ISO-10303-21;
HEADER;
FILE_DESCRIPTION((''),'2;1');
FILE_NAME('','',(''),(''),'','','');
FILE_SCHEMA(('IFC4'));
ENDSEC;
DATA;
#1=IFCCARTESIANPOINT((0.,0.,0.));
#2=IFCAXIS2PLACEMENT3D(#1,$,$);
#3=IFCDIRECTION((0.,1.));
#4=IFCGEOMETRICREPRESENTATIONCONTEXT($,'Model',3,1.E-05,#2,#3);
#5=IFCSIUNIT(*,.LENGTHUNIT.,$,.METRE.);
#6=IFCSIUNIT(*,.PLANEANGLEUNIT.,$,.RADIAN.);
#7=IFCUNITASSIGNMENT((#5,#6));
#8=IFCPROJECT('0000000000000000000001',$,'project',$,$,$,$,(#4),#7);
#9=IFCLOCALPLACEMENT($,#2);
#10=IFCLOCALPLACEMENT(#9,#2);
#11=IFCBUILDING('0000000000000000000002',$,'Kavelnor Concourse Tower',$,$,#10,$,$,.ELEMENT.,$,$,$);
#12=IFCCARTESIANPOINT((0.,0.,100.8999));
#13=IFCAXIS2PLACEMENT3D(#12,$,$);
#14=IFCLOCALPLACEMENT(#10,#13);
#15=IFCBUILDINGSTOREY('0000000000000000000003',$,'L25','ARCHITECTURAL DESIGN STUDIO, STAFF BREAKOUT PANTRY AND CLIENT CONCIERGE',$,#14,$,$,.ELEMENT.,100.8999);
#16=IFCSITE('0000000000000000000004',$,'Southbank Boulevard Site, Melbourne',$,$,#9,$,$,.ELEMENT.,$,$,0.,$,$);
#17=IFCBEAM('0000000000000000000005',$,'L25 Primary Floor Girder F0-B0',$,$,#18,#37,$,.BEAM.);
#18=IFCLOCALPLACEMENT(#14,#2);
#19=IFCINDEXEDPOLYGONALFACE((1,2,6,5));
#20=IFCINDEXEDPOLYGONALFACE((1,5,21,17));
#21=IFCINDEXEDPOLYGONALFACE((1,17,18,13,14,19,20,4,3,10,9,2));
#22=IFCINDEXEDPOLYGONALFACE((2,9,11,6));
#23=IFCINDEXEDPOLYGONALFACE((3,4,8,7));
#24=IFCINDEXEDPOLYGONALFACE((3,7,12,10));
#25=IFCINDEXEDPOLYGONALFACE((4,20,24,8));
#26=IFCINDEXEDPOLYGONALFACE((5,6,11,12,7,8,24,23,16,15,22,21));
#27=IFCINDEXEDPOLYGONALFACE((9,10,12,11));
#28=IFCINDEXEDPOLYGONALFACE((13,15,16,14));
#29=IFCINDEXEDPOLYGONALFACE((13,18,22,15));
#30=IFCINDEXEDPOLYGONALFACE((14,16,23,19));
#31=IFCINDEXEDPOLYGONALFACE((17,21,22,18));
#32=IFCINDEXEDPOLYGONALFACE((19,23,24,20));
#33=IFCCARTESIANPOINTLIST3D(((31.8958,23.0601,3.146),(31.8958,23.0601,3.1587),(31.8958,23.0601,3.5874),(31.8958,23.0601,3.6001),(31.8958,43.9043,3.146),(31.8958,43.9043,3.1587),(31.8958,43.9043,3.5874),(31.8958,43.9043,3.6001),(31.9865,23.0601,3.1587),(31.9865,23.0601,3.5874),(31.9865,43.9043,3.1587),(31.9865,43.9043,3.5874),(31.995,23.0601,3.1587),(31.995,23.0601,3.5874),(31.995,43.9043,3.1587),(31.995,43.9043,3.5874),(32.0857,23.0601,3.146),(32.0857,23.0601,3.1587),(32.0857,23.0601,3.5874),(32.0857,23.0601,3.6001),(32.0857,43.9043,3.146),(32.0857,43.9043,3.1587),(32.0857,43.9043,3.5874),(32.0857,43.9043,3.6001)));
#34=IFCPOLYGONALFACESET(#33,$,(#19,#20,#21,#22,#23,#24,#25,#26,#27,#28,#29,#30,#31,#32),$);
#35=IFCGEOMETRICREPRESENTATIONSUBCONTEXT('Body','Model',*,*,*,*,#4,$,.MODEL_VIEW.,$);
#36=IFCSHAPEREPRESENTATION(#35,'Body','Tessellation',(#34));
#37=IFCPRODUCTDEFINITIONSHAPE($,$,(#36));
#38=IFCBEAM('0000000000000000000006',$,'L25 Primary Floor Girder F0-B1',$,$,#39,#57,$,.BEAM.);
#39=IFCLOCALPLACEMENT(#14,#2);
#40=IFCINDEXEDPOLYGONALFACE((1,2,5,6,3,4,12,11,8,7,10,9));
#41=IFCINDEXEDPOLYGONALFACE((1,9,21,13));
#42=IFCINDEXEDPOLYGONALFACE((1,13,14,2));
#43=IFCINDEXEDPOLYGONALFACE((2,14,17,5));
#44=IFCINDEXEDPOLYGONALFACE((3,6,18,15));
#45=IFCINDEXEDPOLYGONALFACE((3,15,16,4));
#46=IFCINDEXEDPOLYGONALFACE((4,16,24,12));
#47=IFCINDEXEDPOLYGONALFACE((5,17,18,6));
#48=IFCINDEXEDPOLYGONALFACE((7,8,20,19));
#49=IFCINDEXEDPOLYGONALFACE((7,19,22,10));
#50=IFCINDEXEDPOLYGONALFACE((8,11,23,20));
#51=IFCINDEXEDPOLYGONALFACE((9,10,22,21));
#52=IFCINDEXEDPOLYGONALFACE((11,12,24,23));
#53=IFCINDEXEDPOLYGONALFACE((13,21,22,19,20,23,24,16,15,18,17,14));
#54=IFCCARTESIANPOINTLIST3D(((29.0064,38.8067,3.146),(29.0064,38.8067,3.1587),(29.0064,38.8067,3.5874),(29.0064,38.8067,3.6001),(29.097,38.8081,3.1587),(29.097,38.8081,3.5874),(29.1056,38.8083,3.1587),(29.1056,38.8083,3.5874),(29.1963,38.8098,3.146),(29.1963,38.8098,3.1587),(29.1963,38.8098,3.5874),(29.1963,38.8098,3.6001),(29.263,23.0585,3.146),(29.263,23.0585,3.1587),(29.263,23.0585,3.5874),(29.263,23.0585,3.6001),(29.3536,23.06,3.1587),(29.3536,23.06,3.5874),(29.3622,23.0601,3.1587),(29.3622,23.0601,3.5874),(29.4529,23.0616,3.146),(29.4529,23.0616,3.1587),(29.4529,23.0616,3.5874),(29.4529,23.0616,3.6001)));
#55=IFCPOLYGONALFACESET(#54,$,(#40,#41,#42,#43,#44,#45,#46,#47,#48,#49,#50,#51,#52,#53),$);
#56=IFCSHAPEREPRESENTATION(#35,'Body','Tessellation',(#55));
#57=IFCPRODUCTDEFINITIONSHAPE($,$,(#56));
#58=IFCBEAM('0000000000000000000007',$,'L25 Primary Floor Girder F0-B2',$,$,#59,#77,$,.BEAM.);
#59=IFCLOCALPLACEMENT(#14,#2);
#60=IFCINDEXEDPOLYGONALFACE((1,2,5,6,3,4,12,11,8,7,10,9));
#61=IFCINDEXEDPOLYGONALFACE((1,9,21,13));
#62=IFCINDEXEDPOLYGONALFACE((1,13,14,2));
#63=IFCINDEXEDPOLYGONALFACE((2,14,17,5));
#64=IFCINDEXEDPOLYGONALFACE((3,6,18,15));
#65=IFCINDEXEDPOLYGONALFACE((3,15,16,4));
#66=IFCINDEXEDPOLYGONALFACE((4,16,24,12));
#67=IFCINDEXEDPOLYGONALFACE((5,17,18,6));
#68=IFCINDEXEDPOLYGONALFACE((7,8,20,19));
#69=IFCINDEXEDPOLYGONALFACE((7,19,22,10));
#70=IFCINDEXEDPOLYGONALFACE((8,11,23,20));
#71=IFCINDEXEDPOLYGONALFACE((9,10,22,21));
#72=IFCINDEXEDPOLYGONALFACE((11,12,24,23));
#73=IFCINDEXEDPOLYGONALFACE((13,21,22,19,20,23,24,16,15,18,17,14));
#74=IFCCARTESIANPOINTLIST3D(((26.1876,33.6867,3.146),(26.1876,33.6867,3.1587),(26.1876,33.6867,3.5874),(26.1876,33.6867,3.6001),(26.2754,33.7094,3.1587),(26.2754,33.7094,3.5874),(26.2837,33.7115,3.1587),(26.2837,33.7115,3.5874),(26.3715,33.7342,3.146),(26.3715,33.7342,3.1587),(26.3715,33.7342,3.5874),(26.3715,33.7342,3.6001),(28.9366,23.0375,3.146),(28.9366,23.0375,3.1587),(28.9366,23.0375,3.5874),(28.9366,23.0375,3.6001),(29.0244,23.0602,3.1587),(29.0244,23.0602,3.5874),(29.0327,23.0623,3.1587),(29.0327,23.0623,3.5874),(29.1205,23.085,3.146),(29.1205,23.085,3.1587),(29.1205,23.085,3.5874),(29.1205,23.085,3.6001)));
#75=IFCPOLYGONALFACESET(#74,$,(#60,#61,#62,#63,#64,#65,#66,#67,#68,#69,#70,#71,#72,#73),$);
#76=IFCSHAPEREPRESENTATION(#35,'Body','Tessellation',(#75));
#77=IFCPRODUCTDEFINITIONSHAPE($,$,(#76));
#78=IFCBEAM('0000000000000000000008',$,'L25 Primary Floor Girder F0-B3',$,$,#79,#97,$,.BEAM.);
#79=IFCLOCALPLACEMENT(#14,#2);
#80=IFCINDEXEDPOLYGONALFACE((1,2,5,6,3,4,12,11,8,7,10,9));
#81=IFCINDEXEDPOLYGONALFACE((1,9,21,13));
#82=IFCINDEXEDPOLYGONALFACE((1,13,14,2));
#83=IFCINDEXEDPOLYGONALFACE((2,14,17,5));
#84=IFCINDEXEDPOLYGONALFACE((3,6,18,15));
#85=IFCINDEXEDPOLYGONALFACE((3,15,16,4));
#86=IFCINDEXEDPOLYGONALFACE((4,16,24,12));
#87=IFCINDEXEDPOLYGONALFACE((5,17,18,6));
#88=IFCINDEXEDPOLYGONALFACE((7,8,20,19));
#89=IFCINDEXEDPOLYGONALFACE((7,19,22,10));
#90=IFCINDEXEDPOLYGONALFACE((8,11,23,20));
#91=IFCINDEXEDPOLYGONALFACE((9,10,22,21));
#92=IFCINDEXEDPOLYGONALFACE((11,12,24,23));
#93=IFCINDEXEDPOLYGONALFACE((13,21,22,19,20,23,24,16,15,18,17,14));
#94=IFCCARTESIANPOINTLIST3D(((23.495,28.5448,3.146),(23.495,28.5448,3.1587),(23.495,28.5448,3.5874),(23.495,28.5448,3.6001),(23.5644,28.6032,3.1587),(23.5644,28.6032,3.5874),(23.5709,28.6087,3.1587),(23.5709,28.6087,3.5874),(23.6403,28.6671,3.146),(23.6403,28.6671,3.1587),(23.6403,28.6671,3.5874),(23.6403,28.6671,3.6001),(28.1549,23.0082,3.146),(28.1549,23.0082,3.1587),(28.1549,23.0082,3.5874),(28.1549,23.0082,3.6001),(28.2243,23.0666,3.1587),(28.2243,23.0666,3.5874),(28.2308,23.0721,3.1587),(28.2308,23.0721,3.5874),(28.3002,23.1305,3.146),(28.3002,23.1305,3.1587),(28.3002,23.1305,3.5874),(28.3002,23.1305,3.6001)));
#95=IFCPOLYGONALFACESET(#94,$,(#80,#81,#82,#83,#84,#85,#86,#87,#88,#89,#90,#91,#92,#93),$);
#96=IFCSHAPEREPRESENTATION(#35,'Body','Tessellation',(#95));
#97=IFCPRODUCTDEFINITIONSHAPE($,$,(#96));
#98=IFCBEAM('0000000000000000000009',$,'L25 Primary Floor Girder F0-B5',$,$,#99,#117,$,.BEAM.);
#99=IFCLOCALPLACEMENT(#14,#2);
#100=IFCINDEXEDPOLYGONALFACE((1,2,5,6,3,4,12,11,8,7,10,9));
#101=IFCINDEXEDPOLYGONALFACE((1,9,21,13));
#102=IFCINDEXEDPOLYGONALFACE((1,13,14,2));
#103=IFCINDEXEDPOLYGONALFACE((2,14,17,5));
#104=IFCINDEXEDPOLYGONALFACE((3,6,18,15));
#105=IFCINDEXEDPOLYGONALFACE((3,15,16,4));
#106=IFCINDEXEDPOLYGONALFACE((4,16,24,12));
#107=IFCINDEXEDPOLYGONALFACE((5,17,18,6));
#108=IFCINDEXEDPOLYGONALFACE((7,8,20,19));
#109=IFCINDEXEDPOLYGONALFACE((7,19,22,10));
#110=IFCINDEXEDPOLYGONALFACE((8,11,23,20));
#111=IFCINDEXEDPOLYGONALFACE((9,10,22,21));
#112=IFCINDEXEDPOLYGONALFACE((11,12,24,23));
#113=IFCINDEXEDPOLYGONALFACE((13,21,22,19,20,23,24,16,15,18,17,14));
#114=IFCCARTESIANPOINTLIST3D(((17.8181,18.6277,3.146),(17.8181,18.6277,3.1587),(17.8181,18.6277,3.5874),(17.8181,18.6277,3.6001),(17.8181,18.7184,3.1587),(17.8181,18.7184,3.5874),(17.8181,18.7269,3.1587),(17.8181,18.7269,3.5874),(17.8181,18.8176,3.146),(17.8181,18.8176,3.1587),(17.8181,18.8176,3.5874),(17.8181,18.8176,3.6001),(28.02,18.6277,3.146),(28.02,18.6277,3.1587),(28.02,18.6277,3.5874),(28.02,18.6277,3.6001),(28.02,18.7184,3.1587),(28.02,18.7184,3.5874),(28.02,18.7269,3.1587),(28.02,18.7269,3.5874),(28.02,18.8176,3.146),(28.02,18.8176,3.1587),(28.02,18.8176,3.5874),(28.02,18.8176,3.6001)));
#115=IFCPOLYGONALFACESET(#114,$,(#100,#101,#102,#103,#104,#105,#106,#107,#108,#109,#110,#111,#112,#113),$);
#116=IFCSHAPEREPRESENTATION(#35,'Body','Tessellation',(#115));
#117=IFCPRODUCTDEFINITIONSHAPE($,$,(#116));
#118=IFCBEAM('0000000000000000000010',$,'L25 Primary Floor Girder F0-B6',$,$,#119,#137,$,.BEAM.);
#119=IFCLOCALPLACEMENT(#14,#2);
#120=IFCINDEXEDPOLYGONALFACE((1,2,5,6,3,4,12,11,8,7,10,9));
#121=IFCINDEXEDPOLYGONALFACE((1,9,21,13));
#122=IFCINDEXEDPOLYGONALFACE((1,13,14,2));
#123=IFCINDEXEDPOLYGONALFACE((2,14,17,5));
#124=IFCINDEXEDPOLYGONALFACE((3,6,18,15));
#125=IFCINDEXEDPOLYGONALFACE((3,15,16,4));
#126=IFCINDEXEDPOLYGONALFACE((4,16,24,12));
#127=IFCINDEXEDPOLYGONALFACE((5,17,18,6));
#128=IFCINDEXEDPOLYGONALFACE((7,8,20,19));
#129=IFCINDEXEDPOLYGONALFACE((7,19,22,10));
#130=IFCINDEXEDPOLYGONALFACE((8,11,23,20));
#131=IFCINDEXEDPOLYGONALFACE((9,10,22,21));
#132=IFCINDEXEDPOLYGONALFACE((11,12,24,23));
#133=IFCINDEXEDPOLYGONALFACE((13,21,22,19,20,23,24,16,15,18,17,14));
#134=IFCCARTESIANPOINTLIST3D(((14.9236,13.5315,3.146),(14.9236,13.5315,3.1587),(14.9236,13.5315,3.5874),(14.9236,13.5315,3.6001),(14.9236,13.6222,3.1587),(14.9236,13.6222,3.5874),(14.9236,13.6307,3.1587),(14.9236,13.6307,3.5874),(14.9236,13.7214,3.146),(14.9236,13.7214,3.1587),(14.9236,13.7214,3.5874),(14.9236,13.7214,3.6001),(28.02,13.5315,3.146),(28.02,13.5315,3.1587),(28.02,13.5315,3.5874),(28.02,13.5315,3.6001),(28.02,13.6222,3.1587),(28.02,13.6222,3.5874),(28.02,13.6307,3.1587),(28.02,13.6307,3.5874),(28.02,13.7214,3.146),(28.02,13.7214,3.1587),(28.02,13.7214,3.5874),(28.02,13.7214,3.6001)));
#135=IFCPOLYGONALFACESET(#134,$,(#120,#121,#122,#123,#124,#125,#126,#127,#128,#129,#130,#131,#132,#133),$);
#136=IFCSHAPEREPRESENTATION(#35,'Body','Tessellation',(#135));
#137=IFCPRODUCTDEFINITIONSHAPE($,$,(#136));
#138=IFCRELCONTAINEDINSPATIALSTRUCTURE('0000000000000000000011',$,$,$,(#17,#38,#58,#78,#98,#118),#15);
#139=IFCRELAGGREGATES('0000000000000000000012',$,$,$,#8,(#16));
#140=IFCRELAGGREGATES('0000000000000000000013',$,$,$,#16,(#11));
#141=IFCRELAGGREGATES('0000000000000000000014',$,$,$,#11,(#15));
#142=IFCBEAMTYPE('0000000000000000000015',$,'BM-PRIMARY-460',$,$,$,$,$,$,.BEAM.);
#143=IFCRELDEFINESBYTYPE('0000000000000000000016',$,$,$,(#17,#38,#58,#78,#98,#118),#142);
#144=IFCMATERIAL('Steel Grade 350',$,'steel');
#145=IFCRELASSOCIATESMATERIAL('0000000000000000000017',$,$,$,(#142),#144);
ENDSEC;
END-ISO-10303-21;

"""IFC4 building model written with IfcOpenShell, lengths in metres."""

from ifc_helpers import new_model, si_unit, direction, frame, origin, origin_2d, place, context, subcontext, project, spatial, i_section, extrude, material, material_profile, profile_set, type_object, element, save


model = new_model("IFC4")

# Units and contexts
model_context = context("Model", 3, precision=1e-05, world=origin(), true_north=direction((0.0, 1.0)))
body_context = subcontext(model_context, "Body", "Model", "MODEL_VIEW")
ifc_project = project(units=[si_unit("LENGTHUNIT", "METRE"), si_unit("PLANEANGLEUNIT", "RADIAN")], contexts=[model_context])

# Site, building, storey
site_placement = place(None, origin())
site = spatial("IfcSite", under=ifc_project, at=site_placement, Name="Southbank Boulevard Site, Melbourne", CompositionType="ELEMENT", RefElevation=0.0)
building_placement = place(site_placement, origin())
building = spatial("IfcBuilding", under=site, at=building_placement, Name="Kavelnor Concourse Tower", CompositionType="ELEMENT")
storey_placement = place(building_placement, frame((0.0, 0.0, 100.8999)))
storey = spatial("IfcBuildingStorey", under=building, at=storey_placement, Name="L25", Description="ARCHITECTURAL DESIGN STUDIO, STAFF BREAKOUT PANTRY AND CLIENT CONCIERGE", CompositionType="ELEMENT", Elevation=100.8999)

# Beams
ifc_material_1 = material(Name="Steel Grade 350", Category="steel")
ifc_material_profile = material_profile(ifc_material_1, i_section(OverallWidth=0.1899, OverallDepth=0.4541, WebThickness=0.0085, FlangeThickness=0.0127, at=origin_2d()), Name="460UB67")
ifc_profile_set = profile_set([ifc_material_profile], Name="Steel Grade 350")
beam_type = type_object("IfcBeamType", Name="BM-PRIMARY-460", PredefinedType="BEAM", material=ifc_profile_set)
beam_1_placement = place(storey_placement, frame((31.9907, 23.0601, 3.373), z_axis=(0.0, 1.0, 0.0), x_axis=(-1.0, 0.0, 0.0)))
element("IfcBeam", 1, at=beam_1_placement, inside=storey, type_object=beam_type, Name="L25 Primary Floor Girder F0-B0", PredefinedType="BEAM", context=body_context, shape_type="SweptSolid", body=[
    extrude(i_section(OverallWidth=0.1899, OverallDepth=0.4541, WebThickness=0.0085, FlangeThickness=0.0127, at=origin_2d()), origin(), (0.0, 0.0, 1.0), 20.8442),
])
beam_2_placement = place(storey_placement, frame((29.3579, 23.0601, 3.373), z_axis=(-0.016291, 0.999867, 0.0), x_axis=(-0.999867, -0.016291, 0.0)))
element("IfcBeam", 2, at=beam_2_placement, inside=storey, type_object=beam_type, Name="L25 Primary Floor Girder F0-B1", PredefinedType="BEAM", context=body_context, shape_type="SweptSolid", body=[
    extrude(i_section(OverallWidth=0.1899, OverallDepth=0.4541, WebThickness=0.0085, FlangeThickness=0.0127, at=origin_2d()), origin(), (0.0, 0.0, 1.0), 15.7502),
])
beam_3_placement = place(storey_placement, frame((29.0286, 23.0613, 3.373), z_axis=(-0.249951, 0.968259, 0.0), x_axis=(-0.968259, -0.249951, 0.0)))
element("IfcBeam", 3, at=beam_3_placement, inside=storey, type_object=beam_type, Name="L25 Primary Floor Girder F0-B2", PredefinedType="BEAM", context=body_context, shape_type="SweptSolid", body=[
    extrude(i_section(OverallWidth=0.1899, OverallDepth=0.4541, WebThickness=0.0085, FlangeThickness=0.0127, at=origin_2d()), origin(), (0.0, 0.0, 1.0), 10.9983),
])
beam_4_placement = place(storey_placement, frame((28.2275, 23.0693, 3.373), z_axis=(-0.643933, 0.765082, 0.0), x_axis=(-0.765082, -0.643933, 0.0)))
element("IfcBeam", 4, at=beam_4_placement, inside=storey, type_object=beam_type, Name="L25 Primary Floor Girder F0-B3", PredefinedType="BEAM", context=body_context, shape_type="SweptSolid", body=[
    extrude(i_section(OverallWidth=0.1899, OverallDepth=0.4541, WebThickness=0.0085, FlangeThickness=0.0127, at=origin_2d()), origin(), (0.0, 0.0, 1.0), 7.2366),
])
beam_5_placement = place(storey_placement, frame((28.02, 18.7227, 3.373), z_axis=(-1.0, 0.0, 0.0), x_axis=(0.0, -1.0, 0.0)))
element("IfcBeam", 5, at=beam_5_placement, inside=storey, type_object=beam_type, Name="L25 Primary Floor Girder F0-B5", PredefinedType="BEAM", context=body_context, shape_type="SweptSolid", body=[
    extrude(i_section(OverallWidth=0.1899, OverallDepth=0.4541, WebThickness=0.0085, FlangeThickness=0.0127, at=origin_2d()), origin(), (0.0, 0.0, 1.0), 10.2019),
])
beam_6_placement = place(storey_placement, frame((28.02, 13.6265, 3.373), z_axis=(-1.0, 0.0, 0.0), x_axis=(0.0, -1.0, 0.0)))
element("IfcBeam", 6, at=beam_6_placement, inside=storey, type_object=beam_type, Name="L25 Primary Floor Girder F0-B6", PredefinedType="BEAM", context=body_context, shape_type="SweptSolid", body=[
    extrude(i_section(OverallWidth=0.1899, OverallDepth=0.4541, WebThickness=0.0085, FlangeThickness=0.0127, at=origin_2d()), origin(), (0.0, 0.0, 1.0), 13.0964),
])

save(model, "model.ifc")
